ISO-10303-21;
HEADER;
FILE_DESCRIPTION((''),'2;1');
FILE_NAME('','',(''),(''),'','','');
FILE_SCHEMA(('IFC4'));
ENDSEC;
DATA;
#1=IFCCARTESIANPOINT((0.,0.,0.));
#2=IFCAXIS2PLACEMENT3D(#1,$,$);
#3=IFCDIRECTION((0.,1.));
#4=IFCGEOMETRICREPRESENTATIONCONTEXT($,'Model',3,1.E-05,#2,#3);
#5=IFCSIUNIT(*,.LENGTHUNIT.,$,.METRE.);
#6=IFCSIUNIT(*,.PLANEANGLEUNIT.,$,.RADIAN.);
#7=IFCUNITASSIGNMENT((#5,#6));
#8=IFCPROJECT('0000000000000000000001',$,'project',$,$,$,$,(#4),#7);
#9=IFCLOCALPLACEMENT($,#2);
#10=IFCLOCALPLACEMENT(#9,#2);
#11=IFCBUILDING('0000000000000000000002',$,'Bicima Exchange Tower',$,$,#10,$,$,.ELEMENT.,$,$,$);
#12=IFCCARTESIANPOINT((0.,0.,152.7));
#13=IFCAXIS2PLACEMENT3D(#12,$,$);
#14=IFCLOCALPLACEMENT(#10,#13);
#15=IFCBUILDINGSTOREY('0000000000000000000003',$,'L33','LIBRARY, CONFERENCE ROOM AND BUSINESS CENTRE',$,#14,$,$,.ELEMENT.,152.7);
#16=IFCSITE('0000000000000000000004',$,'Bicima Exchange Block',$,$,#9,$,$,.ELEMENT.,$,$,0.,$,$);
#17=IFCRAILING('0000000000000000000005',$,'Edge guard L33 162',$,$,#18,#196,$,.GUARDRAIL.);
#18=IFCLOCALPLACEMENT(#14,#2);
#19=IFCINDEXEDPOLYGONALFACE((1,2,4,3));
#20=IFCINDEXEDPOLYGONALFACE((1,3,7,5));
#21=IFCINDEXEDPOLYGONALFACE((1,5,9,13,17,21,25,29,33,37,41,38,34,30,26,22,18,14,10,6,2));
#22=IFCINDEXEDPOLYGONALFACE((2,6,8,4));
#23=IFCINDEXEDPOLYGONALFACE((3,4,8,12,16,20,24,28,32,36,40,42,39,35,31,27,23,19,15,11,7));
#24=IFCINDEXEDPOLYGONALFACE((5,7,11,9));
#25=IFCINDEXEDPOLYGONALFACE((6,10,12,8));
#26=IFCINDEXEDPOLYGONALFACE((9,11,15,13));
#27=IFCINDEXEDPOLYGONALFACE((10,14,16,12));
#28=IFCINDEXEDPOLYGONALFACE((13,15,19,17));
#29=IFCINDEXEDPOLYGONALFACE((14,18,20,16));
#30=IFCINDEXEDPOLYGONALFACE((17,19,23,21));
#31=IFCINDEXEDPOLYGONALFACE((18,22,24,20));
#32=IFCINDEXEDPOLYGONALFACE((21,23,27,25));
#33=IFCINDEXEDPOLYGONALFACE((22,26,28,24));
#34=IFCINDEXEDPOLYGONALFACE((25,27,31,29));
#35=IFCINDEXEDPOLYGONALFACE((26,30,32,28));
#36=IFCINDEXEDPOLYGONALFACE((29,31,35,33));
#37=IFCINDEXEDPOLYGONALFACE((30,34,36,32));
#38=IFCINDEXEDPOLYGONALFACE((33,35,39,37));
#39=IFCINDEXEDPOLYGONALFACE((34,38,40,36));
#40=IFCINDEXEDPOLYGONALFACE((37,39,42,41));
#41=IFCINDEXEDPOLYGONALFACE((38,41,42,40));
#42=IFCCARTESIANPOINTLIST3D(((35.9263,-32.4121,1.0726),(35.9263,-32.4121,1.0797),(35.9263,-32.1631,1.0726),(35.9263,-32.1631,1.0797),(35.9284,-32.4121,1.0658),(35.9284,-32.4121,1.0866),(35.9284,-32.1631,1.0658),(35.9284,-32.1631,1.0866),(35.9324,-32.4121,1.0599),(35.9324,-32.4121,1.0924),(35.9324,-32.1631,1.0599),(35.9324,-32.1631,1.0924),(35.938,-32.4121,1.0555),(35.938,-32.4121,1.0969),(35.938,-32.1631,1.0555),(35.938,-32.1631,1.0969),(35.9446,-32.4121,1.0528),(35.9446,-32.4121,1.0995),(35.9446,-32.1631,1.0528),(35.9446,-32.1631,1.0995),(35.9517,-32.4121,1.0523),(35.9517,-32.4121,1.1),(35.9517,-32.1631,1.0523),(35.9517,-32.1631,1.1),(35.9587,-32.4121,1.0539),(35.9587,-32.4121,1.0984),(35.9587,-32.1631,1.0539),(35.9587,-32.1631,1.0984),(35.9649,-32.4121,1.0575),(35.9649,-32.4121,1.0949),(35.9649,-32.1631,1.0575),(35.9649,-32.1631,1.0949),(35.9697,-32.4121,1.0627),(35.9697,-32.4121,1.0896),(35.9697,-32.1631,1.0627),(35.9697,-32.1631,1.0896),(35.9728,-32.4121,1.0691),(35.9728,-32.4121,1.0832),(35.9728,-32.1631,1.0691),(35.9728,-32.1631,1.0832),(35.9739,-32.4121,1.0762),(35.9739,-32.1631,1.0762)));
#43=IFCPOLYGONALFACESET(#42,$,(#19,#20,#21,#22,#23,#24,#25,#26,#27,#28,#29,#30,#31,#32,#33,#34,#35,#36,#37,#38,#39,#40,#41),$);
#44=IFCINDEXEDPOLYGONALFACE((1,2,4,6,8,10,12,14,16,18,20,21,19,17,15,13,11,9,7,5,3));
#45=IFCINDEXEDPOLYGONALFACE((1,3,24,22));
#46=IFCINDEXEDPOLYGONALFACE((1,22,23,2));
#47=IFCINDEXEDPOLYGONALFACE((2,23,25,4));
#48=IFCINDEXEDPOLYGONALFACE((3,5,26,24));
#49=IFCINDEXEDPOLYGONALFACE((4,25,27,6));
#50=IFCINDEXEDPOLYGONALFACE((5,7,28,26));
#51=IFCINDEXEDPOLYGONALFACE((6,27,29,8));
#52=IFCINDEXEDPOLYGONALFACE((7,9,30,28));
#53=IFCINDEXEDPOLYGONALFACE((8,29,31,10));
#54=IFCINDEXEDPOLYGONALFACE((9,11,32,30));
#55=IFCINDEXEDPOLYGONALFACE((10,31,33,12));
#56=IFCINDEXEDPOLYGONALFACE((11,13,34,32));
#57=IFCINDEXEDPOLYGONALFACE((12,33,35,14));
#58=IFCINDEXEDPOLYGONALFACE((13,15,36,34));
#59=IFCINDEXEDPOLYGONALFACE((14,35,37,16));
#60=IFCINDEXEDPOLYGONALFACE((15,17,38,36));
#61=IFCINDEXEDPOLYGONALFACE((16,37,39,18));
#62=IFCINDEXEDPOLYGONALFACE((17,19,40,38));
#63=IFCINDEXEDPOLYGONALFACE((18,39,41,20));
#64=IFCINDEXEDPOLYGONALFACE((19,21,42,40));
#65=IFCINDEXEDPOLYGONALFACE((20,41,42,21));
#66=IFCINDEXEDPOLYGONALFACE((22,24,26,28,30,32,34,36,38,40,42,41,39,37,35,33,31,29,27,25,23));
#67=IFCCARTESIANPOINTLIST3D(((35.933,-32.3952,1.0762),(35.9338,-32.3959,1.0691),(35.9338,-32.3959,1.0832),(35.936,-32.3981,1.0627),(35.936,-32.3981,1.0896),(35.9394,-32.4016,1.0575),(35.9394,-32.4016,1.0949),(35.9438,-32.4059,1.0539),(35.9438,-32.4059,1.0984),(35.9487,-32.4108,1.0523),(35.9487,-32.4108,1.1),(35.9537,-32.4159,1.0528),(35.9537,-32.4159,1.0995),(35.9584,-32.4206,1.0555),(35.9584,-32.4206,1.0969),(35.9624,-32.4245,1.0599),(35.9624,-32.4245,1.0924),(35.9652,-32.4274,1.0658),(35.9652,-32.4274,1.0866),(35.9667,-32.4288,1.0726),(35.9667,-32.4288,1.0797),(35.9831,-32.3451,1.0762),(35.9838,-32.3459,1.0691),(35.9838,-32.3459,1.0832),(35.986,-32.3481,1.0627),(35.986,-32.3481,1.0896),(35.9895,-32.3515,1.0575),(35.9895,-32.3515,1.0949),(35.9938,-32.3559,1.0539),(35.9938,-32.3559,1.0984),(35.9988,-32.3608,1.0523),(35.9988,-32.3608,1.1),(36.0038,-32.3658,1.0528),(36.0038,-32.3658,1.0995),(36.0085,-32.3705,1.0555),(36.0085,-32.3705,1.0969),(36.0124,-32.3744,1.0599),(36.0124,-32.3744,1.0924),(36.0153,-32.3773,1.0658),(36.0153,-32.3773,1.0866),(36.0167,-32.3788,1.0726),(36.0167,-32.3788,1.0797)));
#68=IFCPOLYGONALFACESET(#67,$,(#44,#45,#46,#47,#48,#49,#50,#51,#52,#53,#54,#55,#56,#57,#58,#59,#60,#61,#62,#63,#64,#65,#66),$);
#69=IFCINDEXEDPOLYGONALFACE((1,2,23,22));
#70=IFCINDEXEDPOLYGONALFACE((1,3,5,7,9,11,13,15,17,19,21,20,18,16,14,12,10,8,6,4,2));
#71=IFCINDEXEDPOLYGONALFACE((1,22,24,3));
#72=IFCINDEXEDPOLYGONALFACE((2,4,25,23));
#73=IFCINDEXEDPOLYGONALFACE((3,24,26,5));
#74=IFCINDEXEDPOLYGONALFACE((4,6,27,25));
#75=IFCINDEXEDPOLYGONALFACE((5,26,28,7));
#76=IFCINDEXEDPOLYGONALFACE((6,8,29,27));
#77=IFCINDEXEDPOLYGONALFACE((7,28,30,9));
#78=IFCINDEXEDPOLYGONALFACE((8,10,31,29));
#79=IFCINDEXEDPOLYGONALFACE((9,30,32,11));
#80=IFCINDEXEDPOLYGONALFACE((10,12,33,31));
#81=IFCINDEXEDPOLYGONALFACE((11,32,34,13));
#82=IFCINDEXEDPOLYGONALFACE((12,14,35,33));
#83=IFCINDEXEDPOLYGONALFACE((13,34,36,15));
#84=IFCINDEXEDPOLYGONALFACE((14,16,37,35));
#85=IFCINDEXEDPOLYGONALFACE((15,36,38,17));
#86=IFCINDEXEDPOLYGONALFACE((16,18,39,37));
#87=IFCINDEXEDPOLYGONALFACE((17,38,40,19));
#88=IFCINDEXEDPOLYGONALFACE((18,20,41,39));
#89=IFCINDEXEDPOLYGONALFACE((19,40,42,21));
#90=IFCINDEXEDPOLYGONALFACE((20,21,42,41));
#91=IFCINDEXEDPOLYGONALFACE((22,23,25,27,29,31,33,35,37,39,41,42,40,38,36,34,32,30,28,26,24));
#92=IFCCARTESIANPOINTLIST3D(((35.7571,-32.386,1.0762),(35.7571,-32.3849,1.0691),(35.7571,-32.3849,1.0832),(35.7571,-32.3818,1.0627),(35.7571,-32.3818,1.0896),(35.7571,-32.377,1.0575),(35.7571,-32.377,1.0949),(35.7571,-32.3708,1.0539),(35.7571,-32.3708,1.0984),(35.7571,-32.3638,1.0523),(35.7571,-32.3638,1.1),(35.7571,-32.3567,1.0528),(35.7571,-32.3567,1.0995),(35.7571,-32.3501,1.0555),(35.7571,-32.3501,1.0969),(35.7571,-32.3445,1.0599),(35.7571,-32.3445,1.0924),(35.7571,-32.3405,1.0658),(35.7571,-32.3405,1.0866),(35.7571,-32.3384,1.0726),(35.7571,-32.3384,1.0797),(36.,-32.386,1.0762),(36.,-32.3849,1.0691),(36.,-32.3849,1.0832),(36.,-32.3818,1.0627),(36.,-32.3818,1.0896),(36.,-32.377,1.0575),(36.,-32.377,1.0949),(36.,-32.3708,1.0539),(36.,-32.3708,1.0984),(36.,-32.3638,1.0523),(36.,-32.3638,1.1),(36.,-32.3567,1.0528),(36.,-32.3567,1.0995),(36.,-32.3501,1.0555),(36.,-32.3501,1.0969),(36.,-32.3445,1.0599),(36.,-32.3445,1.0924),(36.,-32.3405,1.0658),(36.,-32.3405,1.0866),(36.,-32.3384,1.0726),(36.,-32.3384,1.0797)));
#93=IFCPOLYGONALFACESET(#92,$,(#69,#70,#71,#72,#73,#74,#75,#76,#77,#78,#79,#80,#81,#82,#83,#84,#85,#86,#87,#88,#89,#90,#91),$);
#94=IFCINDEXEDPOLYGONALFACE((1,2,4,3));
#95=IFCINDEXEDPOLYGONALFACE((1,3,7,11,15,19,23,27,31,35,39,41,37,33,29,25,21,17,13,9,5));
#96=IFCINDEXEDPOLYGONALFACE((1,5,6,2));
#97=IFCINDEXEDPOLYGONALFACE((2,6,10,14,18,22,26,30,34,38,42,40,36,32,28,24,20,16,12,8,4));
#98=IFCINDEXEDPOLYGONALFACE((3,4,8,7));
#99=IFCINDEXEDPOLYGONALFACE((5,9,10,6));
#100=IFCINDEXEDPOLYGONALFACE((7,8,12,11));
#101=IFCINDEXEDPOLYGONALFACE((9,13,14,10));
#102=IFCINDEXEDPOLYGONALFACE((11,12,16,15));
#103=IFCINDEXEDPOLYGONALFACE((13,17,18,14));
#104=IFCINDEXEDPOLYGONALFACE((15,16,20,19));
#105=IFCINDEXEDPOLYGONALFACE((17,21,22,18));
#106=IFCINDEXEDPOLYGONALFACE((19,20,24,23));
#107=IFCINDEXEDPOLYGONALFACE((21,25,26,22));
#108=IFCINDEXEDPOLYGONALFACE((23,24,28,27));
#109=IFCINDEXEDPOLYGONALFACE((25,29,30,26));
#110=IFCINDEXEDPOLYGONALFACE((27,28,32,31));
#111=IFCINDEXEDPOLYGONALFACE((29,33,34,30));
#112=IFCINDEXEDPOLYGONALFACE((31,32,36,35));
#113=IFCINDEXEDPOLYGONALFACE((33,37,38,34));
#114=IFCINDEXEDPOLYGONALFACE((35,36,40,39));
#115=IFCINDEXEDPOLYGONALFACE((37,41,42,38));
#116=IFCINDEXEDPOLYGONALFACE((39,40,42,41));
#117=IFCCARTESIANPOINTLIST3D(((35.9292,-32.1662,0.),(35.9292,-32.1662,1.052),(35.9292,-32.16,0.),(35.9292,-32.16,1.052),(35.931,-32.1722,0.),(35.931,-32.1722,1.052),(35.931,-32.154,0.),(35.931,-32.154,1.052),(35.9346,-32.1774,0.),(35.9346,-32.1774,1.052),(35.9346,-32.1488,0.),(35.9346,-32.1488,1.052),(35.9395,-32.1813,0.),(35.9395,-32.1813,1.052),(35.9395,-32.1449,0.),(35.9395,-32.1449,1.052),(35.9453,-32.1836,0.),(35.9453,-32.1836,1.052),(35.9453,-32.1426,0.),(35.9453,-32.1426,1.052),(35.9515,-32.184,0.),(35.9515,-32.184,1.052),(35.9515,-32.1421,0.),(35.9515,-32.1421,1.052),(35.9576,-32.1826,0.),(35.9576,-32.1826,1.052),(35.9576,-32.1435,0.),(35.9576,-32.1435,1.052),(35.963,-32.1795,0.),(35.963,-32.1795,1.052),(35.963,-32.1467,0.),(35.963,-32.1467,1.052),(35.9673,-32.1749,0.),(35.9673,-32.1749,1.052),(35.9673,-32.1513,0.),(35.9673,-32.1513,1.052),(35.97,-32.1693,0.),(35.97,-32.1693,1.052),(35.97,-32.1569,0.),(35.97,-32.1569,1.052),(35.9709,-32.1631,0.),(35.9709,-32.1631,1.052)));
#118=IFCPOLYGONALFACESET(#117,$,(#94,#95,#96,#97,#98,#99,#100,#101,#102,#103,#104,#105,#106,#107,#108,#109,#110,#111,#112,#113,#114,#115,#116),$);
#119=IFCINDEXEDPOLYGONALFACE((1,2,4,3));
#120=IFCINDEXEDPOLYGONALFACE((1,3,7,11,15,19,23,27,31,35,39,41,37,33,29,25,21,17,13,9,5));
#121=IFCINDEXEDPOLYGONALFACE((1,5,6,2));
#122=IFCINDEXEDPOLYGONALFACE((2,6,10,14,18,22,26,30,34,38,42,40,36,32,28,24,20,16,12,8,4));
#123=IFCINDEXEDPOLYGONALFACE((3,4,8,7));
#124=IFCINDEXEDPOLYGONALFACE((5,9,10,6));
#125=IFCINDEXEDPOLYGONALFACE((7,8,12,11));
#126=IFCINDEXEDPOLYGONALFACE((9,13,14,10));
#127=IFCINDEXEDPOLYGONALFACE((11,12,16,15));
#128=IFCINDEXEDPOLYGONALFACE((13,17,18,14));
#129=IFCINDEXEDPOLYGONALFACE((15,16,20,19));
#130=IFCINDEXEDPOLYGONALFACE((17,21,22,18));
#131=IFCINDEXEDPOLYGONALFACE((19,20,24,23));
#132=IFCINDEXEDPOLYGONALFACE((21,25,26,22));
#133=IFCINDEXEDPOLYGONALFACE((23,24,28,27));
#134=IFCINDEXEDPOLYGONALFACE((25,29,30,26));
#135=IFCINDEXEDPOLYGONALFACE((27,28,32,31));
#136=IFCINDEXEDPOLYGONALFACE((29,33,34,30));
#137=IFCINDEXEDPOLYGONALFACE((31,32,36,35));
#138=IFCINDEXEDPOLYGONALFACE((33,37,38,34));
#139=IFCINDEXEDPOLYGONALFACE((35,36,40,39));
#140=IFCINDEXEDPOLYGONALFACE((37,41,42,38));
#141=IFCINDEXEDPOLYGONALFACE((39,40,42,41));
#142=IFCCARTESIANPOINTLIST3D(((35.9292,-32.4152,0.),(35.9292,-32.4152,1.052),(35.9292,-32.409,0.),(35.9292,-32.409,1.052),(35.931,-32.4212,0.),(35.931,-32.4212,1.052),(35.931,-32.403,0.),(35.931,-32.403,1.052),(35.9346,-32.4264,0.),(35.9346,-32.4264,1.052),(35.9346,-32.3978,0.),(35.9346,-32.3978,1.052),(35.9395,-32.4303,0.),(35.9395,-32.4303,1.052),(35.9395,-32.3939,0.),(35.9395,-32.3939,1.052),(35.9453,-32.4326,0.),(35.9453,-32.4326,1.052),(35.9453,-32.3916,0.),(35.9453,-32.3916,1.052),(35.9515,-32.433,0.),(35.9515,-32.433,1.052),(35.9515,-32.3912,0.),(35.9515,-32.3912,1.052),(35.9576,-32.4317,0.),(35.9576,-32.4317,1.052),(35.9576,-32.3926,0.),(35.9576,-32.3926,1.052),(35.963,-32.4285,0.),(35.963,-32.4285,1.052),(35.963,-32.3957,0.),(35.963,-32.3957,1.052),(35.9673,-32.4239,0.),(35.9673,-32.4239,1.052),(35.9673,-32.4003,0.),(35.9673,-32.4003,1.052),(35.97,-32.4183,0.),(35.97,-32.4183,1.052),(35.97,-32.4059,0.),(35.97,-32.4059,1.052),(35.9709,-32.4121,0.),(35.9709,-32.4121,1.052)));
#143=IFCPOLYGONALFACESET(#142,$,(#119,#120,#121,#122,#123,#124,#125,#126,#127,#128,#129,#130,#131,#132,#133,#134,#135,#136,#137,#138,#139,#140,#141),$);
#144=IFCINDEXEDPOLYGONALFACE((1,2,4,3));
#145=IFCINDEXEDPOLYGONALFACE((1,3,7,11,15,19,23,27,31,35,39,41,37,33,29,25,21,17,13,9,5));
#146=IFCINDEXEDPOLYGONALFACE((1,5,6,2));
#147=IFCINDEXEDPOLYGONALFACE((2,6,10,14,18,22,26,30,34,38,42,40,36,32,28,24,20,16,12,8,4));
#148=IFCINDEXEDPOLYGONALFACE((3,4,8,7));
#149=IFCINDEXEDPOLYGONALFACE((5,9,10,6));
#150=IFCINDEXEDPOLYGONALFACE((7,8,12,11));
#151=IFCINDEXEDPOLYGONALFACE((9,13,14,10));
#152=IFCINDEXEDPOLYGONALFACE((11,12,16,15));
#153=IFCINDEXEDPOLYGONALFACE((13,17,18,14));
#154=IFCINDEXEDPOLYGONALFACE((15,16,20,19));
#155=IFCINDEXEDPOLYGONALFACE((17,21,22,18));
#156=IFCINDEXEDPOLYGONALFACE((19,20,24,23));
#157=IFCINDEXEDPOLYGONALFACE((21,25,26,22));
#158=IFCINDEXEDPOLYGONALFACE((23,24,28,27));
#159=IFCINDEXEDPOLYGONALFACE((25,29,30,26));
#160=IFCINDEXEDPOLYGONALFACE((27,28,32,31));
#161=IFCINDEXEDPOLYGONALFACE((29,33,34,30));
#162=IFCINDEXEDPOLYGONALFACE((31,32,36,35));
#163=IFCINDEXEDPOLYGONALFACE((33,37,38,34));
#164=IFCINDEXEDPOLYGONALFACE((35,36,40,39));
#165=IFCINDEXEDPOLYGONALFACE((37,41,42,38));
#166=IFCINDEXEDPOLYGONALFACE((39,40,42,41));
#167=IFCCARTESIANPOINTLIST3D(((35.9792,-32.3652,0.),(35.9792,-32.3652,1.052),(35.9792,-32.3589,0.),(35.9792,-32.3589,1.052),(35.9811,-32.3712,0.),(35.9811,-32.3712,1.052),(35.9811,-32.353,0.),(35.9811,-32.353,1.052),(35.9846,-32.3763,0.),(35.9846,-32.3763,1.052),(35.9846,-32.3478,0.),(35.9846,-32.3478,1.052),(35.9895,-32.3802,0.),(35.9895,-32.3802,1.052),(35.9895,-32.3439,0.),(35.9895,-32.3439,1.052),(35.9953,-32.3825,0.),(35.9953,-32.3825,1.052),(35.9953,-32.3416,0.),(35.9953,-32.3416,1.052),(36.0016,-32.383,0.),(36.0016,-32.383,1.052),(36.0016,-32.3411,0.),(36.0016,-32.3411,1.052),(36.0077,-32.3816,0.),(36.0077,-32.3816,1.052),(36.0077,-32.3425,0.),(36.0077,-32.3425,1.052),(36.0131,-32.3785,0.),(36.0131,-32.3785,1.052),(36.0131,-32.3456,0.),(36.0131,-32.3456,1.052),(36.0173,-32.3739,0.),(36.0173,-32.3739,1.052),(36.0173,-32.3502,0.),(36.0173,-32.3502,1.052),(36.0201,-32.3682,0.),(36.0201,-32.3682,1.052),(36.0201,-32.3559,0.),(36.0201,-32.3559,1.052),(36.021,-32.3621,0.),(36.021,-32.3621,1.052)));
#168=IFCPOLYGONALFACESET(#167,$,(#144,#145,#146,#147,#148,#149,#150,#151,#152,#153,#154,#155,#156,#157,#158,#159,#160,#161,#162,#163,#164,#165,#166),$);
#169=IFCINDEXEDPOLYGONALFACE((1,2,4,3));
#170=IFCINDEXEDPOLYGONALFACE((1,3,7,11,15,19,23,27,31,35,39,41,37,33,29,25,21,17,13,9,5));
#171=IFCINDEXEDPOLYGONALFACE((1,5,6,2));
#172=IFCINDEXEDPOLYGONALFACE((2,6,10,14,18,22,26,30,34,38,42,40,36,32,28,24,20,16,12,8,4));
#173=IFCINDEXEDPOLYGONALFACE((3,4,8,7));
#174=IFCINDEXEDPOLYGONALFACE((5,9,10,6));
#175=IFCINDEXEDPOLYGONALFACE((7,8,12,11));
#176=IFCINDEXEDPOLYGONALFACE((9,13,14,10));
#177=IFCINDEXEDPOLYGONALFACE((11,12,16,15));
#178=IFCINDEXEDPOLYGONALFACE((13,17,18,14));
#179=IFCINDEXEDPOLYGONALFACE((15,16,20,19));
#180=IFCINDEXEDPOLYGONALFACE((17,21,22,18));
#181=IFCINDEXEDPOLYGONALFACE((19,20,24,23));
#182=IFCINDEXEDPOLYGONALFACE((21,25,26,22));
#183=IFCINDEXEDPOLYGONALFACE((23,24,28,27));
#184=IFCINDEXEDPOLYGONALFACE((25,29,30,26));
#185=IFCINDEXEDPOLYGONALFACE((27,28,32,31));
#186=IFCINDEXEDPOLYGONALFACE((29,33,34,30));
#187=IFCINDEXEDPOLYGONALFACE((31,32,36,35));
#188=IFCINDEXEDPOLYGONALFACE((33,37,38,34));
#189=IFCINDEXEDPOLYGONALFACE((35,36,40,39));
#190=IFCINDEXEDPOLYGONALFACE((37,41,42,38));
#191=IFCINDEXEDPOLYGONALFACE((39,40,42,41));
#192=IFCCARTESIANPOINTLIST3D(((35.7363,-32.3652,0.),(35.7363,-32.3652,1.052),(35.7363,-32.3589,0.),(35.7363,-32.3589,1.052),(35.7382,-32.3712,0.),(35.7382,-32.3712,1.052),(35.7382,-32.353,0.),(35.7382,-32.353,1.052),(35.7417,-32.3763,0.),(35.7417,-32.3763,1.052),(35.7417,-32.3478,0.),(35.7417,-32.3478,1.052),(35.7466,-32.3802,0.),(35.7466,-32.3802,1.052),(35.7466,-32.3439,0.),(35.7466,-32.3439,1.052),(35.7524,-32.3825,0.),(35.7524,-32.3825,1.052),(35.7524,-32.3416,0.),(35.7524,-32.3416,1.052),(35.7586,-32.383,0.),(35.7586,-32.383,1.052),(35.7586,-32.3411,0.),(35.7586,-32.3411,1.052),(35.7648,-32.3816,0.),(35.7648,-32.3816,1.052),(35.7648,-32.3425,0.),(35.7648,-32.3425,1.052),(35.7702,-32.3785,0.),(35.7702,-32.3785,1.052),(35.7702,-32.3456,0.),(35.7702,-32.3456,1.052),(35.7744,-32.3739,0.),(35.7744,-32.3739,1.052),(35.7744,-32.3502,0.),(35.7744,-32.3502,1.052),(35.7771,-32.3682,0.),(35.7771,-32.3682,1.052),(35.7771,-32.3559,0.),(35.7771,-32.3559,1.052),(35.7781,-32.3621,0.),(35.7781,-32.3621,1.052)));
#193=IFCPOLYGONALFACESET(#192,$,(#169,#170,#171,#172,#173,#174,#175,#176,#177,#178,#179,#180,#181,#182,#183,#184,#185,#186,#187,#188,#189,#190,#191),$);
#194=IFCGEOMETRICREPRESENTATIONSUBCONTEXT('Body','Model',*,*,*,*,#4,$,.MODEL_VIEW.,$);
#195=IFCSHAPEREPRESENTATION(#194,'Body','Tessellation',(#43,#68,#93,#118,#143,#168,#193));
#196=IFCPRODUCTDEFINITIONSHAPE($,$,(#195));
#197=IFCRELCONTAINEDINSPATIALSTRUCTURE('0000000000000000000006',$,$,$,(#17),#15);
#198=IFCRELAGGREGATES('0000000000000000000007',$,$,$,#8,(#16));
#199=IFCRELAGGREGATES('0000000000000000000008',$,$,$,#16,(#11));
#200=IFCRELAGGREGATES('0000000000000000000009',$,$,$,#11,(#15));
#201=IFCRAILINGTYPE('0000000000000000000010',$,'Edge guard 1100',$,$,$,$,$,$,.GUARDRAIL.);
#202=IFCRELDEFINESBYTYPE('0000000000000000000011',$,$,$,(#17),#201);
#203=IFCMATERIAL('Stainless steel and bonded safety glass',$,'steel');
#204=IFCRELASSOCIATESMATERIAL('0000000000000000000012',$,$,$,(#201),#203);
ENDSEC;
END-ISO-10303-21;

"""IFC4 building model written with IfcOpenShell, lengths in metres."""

from ifc_helpers import new_model, si_unit, direction, frame, origin, origin_2d, place, context, subcontext, project, spatial, circle, extrude, material, type_object, element, save


model = new_model("IFC4")

# Units and contexts
model_context = context("Model", 3, precision=1e-05, world=origin(), true_north=direction((0.0, 1.0)))
body_context = subcontext(model_context, "Body", "Model", "MODEL_VIEW")
ifc_project = project(units=[si_unit("LENGTHUNIT", "METRE"), si_unit("PLANEANGLEUNIT", "RADIAN")], contexts=[model_context])

# Site, building, storey
site_placement = place(None, origin())
site = spatial("IfcSite", under=ifc_project, at=site_placement, Name="Bicima Exchange Block", CompositionType="ELEMENT", RefElevation=0.0)
building_placement = place(site_placement, origin())
building = spatial("IfcBuilding", under=site, at=building_placement, Name="Bicima Exchange Tower", CompositionType="ELEMENT")
storey_placement = place(building_placement, frame((0.0, 0.0, 152.7)))
storey = spatial("IfcBuildingStorey", under=building, at=storey_placement, Name="L33", Description="LIBRARY, CONFERENCE ROOM AND BUSINESS CENTRE", CompositionType="ELEMENT", Elevation=152.7)

# Railing
ifc_material_1 = material(Name="Stainless steel and bonded safety glass", Category="steel")
railing_type = type_object("IfcRailingType", Name="Edge guard 1100", PredefinedType="GUARDRAIL", material=ifc_material_1)
railing_placement = place(storey_placement, frame((35.95, -32.1631, 0.0)))
element("IfcRailing", 1, at=railing_placement, inside=storey, type_object=railing_type, Name="Edge guard L33 162", PredefinedType="GUARDRAIL", context=body_context, shape_type="SweptSolid", body=[
    extrude(circle(Radius=0.0239, at=origin_2d()), frame((0.0, 0.0, 1.0762), z_axis=(0.0, -1.0, 0.0), x_axis=(1.0, 0.0, 0.0)), (0.0, 0.0, 1.0), 0.249),
    extrude(circle(Radius=0.0239, at=origin_2d()), frame((0.0, -0.249, 1.0762), z_axis=(0.707107, 0.707107, 0.0), x_axis=(-0.707107, 0.707107, 0.0)), (0.0, 0.0, 1.0), 0.0708),
    extrude(circle(Radius=0.0239, at=origin_2d()), frame((0.05, -0.199, 1.0762), z_axis=(-1.0, 0.0, 0.0), x_axis=(0.0, -1.0, 0.0)), (0.0, 0.0, 1.0), 0.2429),
    extrude(circle(Radius=0.021, at=origin_2d()), origin(), (0.0, 0.0, 1.0), 1.052),
    extrude(circle(Radius=0.021, at=origin_2d()), frame((0.0, -0.249, 0.0)), (0.0, 0.0, 1.0), 1.052),
    extrude(circle(Radius=0.021, at=origin_2d()), frame((0.05, -0.199, 0.0)), (0.0, 0.0, 1.0), 1.052),
    extrude(circle(Radius=0.021, at=origin_2d()), frame((-0.1929, -0.199, 0.0)), (0.0, 0.0, 1.0), 1.052),
])

save(model, "model.ifc")
